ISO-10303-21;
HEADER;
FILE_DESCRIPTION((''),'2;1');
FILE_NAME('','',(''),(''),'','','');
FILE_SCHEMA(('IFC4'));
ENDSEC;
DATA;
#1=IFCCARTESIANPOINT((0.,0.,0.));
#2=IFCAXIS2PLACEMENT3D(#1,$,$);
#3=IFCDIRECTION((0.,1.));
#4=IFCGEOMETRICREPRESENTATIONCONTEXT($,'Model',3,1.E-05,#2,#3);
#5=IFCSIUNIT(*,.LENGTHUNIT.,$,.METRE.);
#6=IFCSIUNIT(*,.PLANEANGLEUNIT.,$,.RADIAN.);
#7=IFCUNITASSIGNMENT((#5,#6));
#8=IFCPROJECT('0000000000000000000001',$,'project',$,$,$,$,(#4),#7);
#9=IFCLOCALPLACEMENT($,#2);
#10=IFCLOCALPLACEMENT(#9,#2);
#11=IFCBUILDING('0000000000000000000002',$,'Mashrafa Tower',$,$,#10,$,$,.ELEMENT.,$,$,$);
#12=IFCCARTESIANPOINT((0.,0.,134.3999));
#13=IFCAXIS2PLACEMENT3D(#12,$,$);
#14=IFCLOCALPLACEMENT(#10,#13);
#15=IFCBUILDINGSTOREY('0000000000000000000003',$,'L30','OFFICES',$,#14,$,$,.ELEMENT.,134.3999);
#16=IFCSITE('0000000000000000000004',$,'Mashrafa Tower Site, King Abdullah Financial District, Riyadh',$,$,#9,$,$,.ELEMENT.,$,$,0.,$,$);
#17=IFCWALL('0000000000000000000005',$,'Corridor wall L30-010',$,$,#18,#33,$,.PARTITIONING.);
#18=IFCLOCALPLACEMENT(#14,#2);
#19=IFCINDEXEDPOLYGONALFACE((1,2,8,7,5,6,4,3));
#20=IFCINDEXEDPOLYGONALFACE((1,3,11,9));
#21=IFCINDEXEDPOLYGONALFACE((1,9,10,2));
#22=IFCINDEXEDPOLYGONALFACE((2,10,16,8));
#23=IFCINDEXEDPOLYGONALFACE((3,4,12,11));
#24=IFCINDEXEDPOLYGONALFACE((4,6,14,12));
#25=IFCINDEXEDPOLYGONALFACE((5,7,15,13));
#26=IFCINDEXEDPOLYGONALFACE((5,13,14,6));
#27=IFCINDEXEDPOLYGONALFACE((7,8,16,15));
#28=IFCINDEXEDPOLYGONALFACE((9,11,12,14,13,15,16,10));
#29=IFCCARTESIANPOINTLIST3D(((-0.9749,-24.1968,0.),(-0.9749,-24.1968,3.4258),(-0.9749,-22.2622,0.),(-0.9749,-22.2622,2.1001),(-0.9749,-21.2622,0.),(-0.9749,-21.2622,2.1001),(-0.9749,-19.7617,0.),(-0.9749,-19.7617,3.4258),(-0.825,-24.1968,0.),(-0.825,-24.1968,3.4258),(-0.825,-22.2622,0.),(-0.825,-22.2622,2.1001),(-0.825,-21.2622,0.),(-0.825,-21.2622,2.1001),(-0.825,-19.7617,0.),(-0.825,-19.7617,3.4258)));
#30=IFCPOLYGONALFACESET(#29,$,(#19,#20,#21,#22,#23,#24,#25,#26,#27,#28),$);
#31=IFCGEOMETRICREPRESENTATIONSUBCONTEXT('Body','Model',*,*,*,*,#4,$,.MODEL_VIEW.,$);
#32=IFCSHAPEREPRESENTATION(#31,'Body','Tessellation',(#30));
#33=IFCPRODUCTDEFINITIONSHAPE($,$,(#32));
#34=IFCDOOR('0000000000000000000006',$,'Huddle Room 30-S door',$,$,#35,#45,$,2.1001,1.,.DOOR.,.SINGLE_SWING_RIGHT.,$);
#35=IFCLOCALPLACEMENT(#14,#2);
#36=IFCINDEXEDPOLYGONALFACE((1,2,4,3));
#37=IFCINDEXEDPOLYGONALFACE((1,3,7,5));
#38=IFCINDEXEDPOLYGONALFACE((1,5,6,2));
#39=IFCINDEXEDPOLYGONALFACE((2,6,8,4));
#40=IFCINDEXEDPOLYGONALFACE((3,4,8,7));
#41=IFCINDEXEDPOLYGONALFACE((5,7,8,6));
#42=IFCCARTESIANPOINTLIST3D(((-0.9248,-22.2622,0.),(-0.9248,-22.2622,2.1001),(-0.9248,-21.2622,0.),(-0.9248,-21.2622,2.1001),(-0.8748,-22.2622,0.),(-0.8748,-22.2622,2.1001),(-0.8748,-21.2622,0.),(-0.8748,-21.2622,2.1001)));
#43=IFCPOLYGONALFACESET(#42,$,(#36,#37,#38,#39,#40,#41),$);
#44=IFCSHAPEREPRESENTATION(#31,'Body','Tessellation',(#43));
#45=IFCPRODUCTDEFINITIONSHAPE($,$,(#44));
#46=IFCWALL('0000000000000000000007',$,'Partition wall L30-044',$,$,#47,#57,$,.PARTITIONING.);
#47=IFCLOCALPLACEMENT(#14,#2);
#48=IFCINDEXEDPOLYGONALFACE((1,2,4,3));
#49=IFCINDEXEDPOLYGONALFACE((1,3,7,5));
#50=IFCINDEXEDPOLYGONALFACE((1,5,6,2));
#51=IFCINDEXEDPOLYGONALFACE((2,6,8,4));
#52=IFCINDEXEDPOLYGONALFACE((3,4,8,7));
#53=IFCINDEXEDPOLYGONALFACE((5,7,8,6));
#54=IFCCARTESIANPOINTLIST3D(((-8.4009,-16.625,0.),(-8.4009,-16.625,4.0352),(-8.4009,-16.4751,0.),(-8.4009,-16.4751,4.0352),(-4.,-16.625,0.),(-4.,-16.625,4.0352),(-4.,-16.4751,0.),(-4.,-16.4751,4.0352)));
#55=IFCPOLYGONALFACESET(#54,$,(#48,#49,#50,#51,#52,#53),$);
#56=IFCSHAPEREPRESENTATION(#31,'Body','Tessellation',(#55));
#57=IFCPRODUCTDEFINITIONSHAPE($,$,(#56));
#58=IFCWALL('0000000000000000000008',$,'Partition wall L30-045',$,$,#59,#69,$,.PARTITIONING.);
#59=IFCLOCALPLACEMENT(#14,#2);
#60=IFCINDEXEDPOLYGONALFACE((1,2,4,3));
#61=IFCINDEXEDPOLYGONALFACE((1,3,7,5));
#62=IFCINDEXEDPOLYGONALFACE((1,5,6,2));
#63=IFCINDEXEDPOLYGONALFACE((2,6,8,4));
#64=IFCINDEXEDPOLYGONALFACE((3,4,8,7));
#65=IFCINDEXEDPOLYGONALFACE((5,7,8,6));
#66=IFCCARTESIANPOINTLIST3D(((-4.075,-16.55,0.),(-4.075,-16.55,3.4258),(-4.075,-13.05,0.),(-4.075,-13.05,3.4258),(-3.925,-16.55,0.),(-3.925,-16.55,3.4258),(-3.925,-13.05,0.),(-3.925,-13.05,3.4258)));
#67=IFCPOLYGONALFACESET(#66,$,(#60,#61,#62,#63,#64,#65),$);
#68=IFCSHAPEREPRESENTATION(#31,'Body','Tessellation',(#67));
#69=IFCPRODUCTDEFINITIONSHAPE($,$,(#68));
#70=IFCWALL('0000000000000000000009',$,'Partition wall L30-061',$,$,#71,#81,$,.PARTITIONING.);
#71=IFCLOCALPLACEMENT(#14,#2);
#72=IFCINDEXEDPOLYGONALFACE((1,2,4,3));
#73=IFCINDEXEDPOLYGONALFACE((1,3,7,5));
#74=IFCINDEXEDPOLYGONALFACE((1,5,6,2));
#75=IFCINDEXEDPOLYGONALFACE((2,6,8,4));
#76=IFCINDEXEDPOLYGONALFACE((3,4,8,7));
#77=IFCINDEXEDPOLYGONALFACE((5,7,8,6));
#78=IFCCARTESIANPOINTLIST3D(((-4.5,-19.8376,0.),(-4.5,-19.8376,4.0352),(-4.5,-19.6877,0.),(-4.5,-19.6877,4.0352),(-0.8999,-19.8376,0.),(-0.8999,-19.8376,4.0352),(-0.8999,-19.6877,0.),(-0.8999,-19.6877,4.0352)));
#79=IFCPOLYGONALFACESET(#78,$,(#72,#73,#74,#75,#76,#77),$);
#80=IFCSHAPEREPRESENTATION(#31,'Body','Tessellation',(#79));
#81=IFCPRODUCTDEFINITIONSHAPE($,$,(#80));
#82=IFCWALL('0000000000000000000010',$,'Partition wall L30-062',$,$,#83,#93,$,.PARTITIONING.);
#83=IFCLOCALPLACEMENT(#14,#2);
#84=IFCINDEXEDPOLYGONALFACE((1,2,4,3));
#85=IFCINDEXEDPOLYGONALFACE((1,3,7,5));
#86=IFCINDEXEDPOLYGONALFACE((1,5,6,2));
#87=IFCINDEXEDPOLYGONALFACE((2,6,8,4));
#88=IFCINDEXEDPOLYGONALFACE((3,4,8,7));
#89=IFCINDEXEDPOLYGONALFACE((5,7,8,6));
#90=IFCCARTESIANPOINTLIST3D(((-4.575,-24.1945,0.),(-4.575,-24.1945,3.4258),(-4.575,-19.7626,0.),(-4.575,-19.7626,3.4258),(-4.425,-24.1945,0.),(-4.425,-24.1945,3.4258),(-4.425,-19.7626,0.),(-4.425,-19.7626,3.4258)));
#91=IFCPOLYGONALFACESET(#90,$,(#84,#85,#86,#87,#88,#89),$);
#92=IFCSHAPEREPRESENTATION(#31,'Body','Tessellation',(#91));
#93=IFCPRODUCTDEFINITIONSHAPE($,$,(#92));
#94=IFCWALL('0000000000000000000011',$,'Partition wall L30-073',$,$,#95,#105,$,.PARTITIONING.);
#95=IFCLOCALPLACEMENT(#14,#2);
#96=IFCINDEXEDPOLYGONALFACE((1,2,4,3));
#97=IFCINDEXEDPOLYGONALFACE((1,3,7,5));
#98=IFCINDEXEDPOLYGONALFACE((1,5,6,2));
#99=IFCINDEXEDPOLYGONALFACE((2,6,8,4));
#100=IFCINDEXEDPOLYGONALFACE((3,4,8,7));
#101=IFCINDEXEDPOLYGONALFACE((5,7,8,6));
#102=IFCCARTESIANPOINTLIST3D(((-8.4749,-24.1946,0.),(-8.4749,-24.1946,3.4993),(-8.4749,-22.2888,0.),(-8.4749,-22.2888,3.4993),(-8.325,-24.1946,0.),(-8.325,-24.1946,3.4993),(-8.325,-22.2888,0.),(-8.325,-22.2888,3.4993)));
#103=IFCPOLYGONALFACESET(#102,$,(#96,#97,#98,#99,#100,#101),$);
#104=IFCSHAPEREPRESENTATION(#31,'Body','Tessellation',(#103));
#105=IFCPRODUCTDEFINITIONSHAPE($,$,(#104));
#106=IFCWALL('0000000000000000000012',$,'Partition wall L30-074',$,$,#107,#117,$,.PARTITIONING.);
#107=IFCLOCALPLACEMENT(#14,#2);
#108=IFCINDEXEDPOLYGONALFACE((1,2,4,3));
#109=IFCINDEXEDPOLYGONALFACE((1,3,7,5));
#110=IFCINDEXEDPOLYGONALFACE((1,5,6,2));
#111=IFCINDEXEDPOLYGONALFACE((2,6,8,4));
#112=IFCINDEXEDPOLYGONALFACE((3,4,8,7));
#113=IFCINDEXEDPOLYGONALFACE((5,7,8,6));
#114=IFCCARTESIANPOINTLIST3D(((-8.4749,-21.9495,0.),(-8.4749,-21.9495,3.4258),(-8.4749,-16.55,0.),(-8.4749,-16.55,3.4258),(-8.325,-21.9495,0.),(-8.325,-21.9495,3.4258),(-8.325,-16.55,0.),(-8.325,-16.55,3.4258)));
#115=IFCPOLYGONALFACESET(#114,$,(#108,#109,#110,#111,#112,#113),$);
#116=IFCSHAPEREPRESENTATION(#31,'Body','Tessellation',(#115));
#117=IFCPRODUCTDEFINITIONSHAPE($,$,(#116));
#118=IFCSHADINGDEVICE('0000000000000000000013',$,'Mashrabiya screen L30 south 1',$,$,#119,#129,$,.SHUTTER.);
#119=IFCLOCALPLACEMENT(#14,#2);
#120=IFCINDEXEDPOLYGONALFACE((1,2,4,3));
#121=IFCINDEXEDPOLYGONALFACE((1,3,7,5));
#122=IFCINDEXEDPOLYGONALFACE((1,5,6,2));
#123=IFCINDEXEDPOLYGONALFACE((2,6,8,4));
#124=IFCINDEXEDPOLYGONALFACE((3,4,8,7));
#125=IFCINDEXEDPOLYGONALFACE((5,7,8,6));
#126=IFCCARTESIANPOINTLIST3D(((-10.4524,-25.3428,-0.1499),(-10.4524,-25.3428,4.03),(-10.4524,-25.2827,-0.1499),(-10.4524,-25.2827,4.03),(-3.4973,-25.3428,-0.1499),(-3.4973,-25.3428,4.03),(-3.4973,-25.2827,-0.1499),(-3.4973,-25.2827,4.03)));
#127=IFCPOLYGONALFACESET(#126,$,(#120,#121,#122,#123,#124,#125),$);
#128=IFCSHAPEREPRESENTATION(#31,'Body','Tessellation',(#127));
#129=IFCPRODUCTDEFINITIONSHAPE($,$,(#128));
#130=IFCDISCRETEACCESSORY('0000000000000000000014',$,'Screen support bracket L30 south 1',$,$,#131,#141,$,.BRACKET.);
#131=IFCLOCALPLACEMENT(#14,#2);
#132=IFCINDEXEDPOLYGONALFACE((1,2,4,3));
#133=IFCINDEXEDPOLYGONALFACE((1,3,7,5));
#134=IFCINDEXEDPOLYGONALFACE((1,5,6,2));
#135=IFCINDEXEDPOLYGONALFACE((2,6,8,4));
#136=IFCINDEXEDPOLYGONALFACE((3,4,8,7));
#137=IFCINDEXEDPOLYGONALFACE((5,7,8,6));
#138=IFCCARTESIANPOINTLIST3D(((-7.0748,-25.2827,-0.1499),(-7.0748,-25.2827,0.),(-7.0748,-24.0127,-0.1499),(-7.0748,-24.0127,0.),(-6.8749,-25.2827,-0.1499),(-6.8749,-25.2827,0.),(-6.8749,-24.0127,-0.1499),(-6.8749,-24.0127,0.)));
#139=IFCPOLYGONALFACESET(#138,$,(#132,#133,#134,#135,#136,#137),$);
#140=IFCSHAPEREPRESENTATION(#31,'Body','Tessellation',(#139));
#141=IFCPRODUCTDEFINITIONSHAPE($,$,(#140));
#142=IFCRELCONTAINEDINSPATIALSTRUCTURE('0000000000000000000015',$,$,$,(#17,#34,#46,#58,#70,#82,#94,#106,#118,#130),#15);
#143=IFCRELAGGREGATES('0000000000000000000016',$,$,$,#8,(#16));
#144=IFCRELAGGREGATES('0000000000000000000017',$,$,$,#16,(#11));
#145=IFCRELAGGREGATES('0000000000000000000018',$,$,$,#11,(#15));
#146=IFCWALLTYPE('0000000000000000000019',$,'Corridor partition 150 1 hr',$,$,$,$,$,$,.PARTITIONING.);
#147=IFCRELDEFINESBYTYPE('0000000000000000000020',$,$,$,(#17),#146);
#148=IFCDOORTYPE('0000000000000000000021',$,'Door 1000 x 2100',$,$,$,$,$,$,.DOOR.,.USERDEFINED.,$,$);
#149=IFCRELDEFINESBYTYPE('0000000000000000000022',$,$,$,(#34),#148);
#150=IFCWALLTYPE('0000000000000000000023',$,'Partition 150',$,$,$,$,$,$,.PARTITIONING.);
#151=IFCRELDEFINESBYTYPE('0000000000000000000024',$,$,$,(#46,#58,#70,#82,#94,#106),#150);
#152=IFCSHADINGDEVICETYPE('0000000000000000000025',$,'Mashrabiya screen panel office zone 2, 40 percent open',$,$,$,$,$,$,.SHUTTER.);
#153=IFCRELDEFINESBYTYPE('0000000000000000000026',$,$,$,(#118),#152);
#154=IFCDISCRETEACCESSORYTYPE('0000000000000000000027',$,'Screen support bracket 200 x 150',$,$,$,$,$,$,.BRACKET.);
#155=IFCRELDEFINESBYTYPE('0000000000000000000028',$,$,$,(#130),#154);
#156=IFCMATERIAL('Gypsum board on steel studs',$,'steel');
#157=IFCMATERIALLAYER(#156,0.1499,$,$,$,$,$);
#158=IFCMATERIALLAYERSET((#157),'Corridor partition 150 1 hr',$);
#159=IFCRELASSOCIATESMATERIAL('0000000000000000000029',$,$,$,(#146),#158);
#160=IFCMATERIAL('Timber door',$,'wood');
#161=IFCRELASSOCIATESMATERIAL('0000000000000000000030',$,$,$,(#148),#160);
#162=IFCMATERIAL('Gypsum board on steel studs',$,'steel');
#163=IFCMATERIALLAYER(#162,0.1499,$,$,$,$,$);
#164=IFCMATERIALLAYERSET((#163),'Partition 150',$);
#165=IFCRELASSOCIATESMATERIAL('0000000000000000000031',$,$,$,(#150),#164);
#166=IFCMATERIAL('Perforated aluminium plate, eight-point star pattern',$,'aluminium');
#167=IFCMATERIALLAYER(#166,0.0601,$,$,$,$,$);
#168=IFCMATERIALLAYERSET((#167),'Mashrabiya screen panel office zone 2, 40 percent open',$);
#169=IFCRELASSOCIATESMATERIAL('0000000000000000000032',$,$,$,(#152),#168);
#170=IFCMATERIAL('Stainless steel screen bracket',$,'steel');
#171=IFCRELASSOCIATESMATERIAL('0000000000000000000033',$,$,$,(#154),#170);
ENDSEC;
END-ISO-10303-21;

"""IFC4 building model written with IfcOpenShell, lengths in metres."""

from ifc_helpers import new_model, si_unit, direction, frame, frame_2d, origin, origin_2d, place, context, subcontext, project, spatial, rectangle, extrude, source, transform, mapped, material, layer, layer_set, type_object, type_shapes, element, fill, save


model = new_model("IFC4")

# Units and contexts
model_context = context("Model", 3, precision=1e-05, world=origin(), true_north=direction((0.0, 1.0)))
body_context = subcontext(model_context, "Body", "Model", "MODEL_VIEW")
ifc_project = project(units=[si_unit("LENGTHUNIT", "METRE"), si_unit("PLANEANGLEUNIT", "RADIAN")], contexts=[model_context])

# Site, building, storey
site_placement = place(None, origin())
site = spatial("IfcSite", under=ifc_project, at=site_placement, Name="Mashrafa Tower Site, King Abdullah Financial District, Riyadh", CompositionType="ELEMENT", RefElevation=0.0)
building_placement = place(site_placement, origin())
building = spatial("IfcBuilding", under=site, at=building_placement, Name="Mashrafa Tower", CompositionType="ELEMENT")
storey_placement = place(building_placement, frame((0.0, 0.0, 134.3999)))
storey = spatial("IfcBuildingStorey", under=building, at=storey_placement, Name="L30", Description="OFFICES", CompositionType="ELEMENT", Elevation=134.3999)

# Wall, opening, door
ifc_material_1 = material(Name="Gypsum board on steel studs", Category="steel")
ifc_layer_1 = layer(ifc_material_1, 0.1499)
ifc_layer_set_1 = layer_set([ifc_layer_1], Name="Corridor partition 150 1 hr")
wall_type_1 = type_object("IfcWallType", Name="Corridor partition 150 1 hr", PredefinedType="PARTITIONING", material=ifc_layer_set_1)
ifc_material_2 = material(Name="Timber door", Category="wood")
door_type = type_object("IfcDoorType", Name="Door 1000 x 2100", OperationType="USERDEFINED", PredefinedType="DOOR", material=ifc_material_2)
wall_1_placement = place(storey_placement, frame((-0.8999, -19.7617, 0.0), z_axis=(0.0, 0.0, 1.0), x_axis=(0.0, -1.0, 0.0)))
wall_1 = element("IfcWall", 1, at=wall_1_placement, inside=storey, type_object=wall_type_1, Name="Corridor wall L30-010", PredefinedType="PARTITIONING", context=body_context, shape_type="SweptSolid", body=[
    extrude(rectangle(XDim=4.4351, YDim=0.1499, at=frame_2d((2.2175, 0.0))), origin(), (0.0, 0.0, 1.0), 3.4258),
])
opening_1_placement = place(wall_1_placement, frame((1.5005, 0.0, 0.0)))
opening_1 = element("IfcOpeningElement", 2, at=opening_1_placement, cuts=wall_1, PredefinedType="OPENING", context=body_context, shape_type="SweptSolid", body=[
    extrude(rectangle(XDim=1.0, YDim=2.1001, at=frame_2d((0.5, 1.05))), frame((0.0, 0.085, 0.0), z_axis=(0.0, -1.0, 0.0), x_axis=(1.0, 0.0, 0.0)), (0.0, 0.0, 1.0), 0.1699),
])
door_1_placement = place(opening_1_placement, frame((1.0, 0.0, 0.0), z_axis=(0.0, 0.0, 1.0), x_axis=(-1.0, 0.0, 0.0)))
door_1 = element("IfcDoor", 3, at=door_1_placement, inside=storey, type_object=door_type, Name="Huddle Room 30-S door", OperationType="SINGLE_SWING_RIGHT", OverallHeight=2.1001, OverallWidth=1.0, PredefinedType="DOOR", context=body_context, shape_type="SweptSolid", body=[
    extrude(rectangle(XDim=1.0, YDim=2.1001, at=frame_2d((0.5, 1.05))), frame((0.0, 0.0249, 0.0), z_axis=(0.0, -1.0, 0.0), x_axis=(1.0, 0.0, 0.0)), (0.0, 0.0, 1.0), 0.05),
])
fill(opening_1, door_1)

# Walls
ifc_material_3 = material(Name="Gypsum board on steel studs", Category="steel")
ifc_layer_2 = layer(ifc_material_3, 0.1499)
ifc_layer_set_2 = layer_set([ifc_layer_2], Name="Partition 150")
wall_type_2 = type_object("IfcWallType", Name="Partition 150", PredefinedType="PARTITIONING", material=ifc_layer_set_2)
wall_2_placement = place(storey_placement, frame((-8.4009, -16.55, 0.0), z_axis=(0.0, 0.0, 1.0), x_axis=(1.0, 0.0, 0.0)))
element("IfcWall", 4, at=wall_2_placement, inside=storey, type_object=wall_type_2, Name="Partition wall L30-044", PredefinedType="PARTITIONING", context=body_context, shape_type="SweptSolid", body=[
    extrude(rectangle(XDim=4.4009, YDim=0.1499, at=frame_2d((2.2004, 0.0))), origin(), (0.0, 0.0, 1.0), 4.0352),
])
wall_3_placement = place(storey_placement, frame((-4.0, -16.55, 0.0), z_axis=(0.0, 0.0, 1.0), x_axis=(0.0, 1.0, 0.0)))
element("IfcWall", 5, at=wall_3_placement, inside=storey, type_object=wall_type_2, Name="Partition wall L30-045", PredefinedType="PARTITIONING", context=body_context, shape_type="SweptSolid", body=[
    extrude(rectangle(XDim=3.5, YDim=0.1499, at=frame_2d((1.75, 0.0))), origin(), (0.0, 0.0, 1.0), 3.4258),
])
wall_4_placement = place(storey_placement, frame((-0.8999, -19.7627, 0.0), z_axis=(0.0, 0.0, 1.0), x_axis=(-1.0, 0.0, 0.0)))
element("IfcWall", 6, at=wall_4_placement, inside=storey, type_object=wall_type_2, Name="Partition wall L30-061", PredefinedType="PARTITIONING", context=body_context, shape_type="SweptSolid", body=[
    extrude(rectangle(XDim=3.6001, YDim=0.1499, at=frame_2d((1.8, 0.0))), origin(), (0.0, 0.0, 1.0), 4.0352),
])
wall_5_placement = place(storey_placement, frame((-4.5, -19.7627, 0.0), z_axis=(0.0, 0.0, 1.0), x_axis=(0.0, -1.0, 0.0)))
element("IfcWall", 7, at=wall_5_placement, inside=storey, type_object=wall_type_2, Name="Partition wall L30-062", PredefinedType="PARTITIONING", context=body_context, shape_type="SweptSolid", body=[
    extrude(rectangle(XDim=4.4319, YDim=0.1499, at=frame_2d((2.2158, 0.0))), origin(), (0.0, 0.0, 1.0), 3.4258),
])
wall_6_placement = place(storey_placement, frame((-8.3999, -24.1946, 0.0), z_axis=(0.0, 0.0, 1.0), x_axis=(0.0, 1.0, 0.0)))
element("IfcWall", 8, at=wall_6_placement, inside=storey, type_object=wall_type_2, Name="Partition wall L30-073", PredefinedType="PARTITIONING", context=body_context, shape_type="SweptSolid", body=[
    extrude(rectangle(XDim=1.9058, YDim=0.1499, at=frame_2d((0.9529, 0.0))), origin(), (0.0, 0.0, 1.0), 3.4993),
])
wall_7_placement = place(storey_placement, frame((-8.3999, -21.9495, 0.0), z_axis=(0.0, 0.0, 1.0), x_axis=(0.0, 1.0, 0.0)))
element("IfcWall", 9, at=wall_7_placement, inside=storey, type_object=wall_type_2, Name="Partition wall L30-074", PredefinedType="PARTITIONING", context=body_context, shape_type="SweptSolid", body=[
    extrude(rectangle(XDim=5.3994, YDim=0.1499, at=frame_2d((2.6997, 0.0))), origin(), (0.0, 0.0, 1.0), 3.4258),
])

# Shading device
ifc_material_4 = material(Name="Perforated aluminium plate, eight-point star pattern", Category="aluminium")
ifc_layer_3 = layer(ifc_material_4, 0.0601)
ifc_layer_set_3 = layer_set([ifc_layer_3], Name="Mashrabiya screen panel office zone 2, 40 percent open")
shading_device_type = type_object("IfcShadingDeviceType", Name="Mashrabiya screen panel office zone 2, 40 percent open", PredefinedType="SHUTTER", material=ifc_layer_set_3)
shared_shape_1 = source(origin(), body_context, "Body", "SweptSolid", [
    extrude(rectangle(XDim=6.9551, YDim=0.0601, at=origin_2d()), origin(), (0.0, 0.0, 1.0), 4.1799),
])
type_shapes(shading_device_type, [shared_shape_1])
shading_device_placement = place(storey_placement, frame((-6.9749, -25.3127, -0.1499), z_axis=(0.0, 0.0, 1.0), x_axis=(1.0, 0.0, 0.0)))
element("IfcShadingDevice", 10, at=shading_device_placement, inside=storey, type_object=shading_device_type, Name="Mashrabiya screen L30 south 1", PredefinedType="SHUTTER", context=body_context, shape_type="MappedRepresentation", body=[
    mapped(shared_shape_1, transform((0.0, 0.0, 0.0))),
])

# Discrete accessory
ifc_material_5 = material(Name="Stainless steel screen bracket", Category="steel")
discrete_accessory_type = type_object("IfcDiscreteAccessoryType", Name="Screen support bracket 200 x 150", PredefinedType="BRACKET", material=ifc_material_5)
shared_shape_2 = source(origin(), body_context, "Body", "SweptSolid", [
    extrude(rectangle(XDim=0.2, YDim=1.27, at=origin_2d()), origin(), (0.0, 0.0, 1.0), 0.1499),
])
type_shapes(discrete_accessory_type, [shared_shape_2])
discrete_accessory_placement = place(storey_placement, frame((-6.9749, -24.6477, -0.1499), z_axis=(0.0, 0.0, 1.0), x_axis=(1.0, 0.0, 0.0)))
element("IfcDiscreteAccessory", 11, at=discrete_accessory_placement, inside=storey, type_object=discrete_accessory_type, Name="Screen support bracket L30 south 1", PredefinedType="BRACKET", context=body_context, shape_type="MappedRepresentation", body=[
    mapped(shared_shape_2, transform((0.0, 0.0, 0.0))),
])

save(model, "model.ifc")
